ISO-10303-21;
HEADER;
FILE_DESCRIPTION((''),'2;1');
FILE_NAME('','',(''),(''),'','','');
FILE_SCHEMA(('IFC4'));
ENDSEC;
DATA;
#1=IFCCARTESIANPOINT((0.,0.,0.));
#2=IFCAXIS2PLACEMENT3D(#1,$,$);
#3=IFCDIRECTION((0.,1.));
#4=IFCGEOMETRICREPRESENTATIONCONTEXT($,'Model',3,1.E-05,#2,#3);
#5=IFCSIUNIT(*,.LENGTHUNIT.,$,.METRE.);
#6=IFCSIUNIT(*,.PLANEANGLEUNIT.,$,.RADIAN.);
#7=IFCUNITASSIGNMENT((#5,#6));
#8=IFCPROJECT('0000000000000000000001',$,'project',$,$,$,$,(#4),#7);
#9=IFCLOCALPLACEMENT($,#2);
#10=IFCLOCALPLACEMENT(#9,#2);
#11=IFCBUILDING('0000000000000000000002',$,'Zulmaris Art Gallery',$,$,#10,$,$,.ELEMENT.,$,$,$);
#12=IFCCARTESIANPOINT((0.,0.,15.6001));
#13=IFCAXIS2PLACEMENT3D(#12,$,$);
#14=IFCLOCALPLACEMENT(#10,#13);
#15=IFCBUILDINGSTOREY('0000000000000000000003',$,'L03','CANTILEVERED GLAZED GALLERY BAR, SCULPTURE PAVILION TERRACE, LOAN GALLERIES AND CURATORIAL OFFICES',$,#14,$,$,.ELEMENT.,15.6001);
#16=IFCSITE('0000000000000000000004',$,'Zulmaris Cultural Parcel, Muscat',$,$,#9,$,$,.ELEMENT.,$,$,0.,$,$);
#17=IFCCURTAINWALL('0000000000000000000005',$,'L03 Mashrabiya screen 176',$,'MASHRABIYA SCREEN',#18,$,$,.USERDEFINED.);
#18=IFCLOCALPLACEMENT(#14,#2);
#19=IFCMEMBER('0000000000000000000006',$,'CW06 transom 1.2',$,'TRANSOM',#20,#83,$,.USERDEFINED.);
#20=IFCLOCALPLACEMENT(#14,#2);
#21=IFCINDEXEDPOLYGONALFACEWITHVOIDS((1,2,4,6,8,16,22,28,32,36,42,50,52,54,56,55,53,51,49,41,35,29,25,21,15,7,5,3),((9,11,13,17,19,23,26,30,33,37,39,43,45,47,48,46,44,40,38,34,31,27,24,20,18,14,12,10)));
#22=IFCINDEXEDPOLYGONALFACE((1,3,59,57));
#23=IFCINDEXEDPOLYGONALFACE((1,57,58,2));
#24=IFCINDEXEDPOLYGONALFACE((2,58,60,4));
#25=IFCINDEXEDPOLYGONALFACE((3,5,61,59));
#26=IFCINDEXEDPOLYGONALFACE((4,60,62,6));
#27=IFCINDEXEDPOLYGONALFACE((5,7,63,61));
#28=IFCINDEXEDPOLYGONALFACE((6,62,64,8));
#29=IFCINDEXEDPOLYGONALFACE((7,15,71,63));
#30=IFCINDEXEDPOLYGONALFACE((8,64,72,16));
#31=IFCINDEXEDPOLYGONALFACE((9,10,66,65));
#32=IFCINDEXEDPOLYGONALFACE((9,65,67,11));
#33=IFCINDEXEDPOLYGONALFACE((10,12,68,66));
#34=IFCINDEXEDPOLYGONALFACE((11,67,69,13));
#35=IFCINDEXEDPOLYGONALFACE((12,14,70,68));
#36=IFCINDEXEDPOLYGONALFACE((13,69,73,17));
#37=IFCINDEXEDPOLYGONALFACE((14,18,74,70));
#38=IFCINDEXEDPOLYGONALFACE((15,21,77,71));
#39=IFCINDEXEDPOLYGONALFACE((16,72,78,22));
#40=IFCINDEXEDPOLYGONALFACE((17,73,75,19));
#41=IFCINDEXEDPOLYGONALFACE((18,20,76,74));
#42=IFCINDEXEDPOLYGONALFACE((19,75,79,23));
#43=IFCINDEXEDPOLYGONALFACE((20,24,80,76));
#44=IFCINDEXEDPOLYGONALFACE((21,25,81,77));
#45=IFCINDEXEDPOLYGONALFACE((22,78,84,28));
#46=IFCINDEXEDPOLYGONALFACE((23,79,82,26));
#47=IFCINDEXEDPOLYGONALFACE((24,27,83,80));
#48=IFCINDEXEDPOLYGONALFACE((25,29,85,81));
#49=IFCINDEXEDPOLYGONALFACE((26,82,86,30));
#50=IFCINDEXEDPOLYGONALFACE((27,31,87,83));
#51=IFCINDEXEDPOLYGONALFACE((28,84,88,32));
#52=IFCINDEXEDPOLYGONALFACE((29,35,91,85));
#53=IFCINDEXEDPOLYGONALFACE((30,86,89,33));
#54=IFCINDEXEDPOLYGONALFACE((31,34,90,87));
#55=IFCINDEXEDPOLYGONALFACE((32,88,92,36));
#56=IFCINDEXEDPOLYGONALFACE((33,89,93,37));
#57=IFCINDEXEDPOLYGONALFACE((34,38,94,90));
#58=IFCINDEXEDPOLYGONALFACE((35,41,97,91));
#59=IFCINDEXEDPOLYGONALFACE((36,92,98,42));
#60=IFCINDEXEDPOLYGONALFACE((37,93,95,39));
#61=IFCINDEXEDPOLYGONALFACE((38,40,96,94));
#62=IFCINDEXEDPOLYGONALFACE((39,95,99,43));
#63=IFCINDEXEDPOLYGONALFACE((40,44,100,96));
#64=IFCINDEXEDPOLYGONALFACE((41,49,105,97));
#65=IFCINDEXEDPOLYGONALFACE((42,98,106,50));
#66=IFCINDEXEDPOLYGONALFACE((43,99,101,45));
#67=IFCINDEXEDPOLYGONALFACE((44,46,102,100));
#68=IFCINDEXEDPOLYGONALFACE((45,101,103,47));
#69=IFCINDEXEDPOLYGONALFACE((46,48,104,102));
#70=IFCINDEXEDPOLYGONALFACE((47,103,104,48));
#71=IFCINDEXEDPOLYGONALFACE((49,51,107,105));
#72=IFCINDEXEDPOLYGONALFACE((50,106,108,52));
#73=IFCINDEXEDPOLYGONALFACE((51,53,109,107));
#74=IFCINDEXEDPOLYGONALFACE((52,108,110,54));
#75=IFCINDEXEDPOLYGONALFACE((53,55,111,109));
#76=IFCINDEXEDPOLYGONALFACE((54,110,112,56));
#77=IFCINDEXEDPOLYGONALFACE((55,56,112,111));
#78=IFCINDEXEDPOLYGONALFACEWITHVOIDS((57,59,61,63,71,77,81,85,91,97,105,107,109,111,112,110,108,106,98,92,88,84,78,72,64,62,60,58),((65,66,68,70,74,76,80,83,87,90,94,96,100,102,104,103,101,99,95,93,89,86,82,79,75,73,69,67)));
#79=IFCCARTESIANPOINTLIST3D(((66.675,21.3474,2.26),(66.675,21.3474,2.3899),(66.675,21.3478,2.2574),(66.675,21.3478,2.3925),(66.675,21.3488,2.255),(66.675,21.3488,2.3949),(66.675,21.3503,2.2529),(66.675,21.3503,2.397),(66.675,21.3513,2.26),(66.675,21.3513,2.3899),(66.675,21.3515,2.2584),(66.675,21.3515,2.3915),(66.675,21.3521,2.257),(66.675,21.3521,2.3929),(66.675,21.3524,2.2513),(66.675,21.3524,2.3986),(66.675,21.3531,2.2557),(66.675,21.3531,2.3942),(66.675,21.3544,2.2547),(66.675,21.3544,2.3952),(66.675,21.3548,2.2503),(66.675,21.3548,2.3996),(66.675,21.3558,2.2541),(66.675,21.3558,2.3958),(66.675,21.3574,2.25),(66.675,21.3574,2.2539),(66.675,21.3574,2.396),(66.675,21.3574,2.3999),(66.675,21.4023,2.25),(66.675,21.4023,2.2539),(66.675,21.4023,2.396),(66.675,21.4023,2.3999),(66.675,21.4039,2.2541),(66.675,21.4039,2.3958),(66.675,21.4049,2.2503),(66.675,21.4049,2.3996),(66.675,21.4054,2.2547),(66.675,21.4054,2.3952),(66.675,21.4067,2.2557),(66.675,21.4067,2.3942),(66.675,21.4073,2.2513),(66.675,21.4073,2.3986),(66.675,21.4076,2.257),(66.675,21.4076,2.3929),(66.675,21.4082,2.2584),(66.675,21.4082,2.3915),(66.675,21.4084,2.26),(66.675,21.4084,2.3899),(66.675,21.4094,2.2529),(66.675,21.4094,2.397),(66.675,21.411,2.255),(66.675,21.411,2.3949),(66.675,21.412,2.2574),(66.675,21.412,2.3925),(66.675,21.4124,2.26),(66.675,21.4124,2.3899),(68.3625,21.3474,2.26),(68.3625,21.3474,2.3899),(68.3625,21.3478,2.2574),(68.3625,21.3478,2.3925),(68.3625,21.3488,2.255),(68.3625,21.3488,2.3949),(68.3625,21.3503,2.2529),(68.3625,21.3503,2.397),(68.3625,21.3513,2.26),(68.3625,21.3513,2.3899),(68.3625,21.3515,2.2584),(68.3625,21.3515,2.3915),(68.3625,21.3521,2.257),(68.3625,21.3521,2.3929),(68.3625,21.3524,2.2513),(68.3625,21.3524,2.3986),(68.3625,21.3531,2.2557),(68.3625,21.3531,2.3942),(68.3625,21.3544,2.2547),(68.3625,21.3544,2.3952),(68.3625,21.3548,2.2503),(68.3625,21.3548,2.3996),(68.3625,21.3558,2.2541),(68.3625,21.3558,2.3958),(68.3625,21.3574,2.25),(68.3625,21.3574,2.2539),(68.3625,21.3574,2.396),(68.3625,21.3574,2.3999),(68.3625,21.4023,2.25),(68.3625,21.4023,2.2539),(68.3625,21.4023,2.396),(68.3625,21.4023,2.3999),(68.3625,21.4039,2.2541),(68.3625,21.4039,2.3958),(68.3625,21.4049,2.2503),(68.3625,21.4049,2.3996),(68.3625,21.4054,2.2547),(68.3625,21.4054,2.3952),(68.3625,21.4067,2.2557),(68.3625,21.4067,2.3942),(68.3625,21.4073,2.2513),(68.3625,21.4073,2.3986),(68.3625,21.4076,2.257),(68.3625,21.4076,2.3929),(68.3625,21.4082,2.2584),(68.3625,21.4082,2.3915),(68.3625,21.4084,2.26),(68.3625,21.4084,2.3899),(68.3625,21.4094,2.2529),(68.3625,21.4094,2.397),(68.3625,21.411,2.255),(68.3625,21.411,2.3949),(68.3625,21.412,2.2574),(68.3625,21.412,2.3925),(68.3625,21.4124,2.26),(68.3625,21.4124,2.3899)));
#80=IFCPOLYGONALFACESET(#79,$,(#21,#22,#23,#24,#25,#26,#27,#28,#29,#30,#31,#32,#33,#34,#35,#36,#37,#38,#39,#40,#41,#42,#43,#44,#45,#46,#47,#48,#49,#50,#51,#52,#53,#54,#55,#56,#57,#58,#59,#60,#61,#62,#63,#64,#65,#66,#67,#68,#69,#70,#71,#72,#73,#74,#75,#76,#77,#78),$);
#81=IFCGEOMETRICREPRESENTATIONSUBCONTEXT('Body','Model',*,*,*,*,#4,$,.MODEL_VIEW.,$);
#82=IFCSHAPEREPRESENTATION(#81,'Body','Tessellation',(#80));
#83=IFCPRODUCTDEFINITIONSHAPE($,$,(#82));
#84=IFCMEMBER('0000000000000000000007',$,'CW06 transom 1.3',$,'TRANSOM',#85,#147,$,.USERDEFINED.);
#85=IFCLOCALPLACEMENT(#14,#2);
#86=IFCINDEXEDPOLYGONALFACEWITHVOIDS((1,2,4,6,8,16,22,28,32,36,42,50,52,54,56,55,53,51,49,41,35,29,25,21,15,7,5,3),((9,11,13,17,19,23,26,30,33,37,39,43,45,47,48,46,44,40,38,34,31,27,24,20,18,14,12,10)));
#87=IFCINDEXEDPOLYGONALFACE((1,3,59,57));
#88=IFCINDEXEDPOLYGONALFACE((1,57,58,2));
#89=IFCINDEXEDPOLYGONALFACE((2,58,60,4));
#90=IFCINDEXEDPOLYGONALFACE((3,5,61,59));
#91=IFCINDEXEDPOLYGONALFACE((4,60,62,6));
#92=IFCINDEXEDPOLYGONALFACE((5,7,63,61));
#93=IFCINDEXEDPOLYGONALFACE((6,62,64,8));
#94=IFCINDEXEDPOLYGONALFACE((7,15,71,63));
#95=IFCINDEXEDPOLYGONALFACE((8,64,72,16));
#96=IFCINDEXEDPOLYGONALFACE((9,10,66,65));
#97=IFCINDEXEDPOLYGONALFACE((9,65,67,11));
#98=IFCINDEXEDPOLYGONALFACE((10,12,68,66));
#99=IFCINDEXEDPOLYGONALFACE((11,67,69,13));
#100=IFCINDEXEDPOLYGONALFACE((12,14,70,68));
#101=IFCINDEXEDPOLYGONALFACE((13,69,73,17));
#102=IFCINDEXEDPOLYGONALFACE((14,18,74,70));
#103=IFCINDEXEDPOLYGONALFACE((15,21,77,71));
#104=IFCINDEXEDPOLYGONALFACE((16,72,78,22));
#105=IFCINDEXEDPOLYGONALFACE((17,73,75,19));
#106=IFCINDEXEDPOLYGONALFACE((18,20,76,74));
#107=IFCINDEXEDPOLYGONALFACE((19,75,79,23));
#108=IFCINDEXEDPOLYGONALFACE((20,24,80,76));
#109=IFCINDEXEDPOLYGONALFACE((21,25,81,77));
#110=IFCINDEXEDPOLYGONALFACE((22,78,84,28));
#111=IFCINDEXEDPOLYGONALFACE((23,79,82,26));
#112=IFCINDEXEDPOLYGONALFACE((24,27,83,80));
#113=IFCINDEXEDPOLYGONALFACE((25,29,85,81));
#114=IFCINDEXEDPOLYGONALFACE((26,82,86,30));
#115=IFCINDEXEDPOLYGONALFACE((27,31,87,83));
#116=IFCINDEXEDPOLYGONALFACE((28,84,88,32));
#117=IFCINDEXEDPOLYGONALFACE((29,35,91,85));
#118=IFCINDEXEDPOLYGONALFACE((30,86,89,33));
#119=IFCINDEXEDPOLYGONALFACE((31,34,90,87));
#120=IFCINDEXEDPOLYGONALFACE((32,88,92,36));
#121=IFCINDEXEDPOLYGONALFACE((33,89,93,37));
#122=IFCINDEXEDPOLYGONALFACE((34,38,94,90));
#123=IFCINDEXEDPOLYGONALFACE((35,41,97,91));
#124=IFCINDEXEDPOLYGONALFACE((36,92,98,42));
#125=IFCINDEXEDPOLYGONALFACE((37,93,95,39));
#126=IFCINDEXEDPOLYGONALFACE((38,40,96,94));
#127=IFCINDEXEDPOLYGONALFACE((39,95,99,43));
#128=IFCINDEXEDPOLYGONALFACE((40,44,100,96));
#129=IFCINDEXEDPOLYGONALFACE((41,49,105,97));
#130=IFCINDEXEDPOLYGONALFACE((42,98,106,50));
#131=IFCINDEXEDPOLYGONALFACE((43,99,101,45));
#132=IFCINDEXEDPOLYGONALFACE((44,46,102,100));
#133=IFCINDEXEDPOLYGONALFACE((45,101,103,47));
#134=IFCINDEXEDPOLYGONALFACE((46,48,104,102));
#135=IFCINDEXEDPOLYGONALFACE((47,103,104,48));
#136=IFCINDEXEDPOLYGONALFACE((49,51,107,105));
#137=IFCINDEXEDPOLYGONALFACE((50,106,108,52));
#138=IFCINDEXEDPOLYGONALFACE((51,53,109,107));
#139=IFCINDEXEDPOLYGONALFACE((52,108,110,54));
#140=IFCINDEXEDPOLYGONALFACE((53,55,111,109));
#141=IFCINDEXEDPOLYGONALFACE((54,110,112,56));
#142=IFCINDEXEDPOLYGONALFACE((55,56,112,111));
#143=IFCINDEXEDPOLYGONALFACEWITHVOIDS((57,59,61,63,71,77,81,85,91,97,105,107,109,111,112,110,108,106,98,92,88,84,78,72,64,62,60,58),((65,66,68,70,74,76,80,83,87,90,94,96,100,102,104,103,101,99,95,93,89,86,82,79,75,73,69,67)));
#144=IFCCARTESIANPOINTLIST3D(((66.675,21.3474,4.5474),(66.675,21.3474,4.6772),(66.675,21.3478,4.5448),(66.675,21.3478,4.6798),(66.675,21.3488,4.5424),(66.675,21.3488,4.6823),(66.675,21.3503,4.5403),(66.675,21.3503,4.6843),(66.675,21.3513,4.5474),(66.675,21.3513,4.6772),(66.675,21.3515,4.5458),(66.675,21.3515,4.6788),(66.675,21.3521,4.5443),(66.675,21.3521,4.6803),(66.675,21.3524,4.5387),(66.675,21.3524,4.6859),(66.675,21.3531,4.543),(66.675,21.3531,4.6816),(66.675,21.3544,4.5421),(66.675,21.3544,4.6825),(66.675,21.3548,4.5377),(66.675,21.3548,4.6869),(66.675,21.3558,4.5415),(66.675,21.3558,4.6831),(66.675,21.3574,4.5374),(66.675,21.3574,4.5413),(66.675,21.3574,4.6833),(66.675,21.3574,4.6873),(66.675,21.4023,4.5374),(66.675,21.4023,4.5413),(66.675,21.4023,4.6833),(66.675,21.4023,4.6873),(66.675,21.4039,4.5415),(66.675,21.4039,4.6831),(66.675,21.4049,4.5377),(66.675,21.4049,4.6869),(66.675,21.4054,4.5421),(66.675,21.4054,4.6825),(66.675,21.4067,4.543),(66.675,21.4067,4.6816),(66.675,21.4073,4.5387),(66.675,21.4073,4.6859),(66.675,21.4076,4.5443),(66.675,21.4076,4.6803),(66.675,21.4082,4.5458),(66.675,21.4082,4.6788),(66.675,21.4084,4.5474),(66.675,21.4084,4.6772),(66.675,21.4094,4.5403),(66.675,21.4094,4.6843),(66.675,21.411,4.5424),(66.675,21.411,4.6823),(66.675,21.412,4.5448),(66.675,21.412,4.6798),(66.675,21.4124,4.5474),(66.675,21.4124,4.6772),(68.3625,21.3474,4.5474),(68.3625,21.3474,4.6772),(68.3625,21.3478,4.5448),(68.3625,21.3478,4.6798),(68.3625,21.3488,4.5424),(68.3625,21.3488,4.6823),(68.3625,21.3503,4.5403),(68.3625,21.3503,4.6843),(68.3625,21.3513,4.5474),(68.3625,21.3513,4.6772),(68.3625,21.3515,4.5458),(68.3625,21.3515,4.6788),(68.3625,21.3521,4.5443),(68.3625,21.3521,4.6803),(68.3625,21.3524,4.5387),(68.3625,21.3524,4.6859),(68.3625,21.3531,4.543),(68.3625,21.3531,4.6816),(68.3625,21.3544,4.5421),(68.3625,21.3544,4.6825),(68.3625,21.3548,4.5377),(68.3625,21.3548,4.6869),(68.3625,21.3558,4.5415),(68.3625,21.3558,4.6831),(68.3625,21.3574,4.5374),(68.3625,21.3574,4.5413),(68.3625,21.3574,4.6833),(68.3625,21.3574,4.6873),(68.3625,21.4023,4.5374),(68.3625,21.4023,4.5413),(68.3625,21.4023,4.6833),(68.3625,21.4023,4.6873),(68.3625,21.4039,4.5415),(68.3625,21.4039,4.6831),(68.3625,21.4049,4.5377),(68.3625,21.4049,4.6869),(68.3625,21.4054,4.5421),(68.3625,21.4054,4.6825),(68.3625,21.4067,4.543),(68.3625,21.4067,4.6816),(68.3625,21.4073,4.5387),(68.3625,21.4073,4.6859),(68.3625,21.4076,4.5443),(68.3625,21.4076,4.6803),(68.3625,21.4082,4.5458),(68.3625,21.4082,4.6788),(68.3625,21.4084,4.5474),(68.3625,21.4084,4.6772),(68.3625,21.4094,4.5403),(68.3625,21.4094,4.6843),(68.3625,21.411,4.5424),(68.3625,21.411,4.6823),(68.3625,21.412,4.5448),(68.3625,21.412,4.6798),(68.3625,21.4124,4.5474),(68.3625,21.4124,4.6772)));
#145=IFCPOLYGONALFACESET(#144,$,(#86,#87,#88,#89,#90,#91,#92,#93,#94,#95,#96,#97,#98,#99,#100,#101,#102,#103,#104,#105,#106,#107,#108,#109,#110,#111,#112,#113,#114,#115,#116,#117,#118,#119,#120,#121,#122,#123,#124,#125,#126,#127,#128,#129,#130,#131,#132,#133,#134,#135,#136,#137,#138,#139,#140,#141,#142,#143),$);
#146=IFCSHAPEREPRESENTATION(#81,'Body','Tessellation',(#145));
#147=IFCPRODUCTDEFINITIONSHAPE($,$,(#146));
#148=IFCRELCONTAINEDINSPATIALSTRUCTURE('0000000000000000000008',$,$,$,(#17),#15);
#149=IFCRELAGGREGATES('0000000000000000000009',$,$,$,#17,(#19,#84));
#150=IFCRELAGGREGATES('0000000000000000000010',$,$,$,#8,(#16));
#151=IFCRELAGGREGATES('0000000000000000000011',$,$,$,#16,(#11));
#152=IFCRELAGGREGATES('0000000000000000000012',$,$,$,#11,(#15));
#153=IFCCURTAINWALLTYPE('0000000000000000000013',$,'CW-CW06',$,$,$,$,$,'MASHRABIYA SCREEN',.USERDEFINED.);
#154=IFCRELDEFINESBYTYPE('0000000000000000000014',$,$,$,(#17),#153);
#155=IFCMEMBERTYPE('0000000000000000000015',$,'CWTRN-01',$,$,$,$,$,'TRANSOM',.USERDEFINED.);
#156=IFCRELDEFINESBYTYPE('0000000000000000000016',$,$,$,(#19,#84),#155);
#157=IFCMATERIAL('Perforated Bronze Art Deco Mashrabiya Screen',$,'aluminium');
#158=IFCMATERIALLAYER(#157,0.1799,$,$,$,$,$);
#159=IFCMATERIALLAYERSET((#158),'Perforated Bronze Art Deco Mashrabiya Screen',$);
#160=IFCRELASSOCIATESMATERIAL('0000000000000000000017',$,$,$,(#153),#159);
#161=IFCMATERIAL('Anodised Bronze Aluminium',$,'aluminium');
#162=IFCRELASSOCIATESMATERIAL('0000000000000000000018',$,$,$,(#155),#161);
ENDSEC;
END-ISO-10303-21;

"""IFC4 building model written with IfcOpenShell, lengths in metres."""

from ifc_helpers import new_model, si_unit, direction, frame, origin, origin_2d, place, context, subcontext, project, spatial, hollow_rectangle, extrude, material, layer, layer_set, material_profile, profile_set, type_object, element, aggregate, save


model = new_model("IFC4")

# Units and contexts
model_context = context("Model", 3, precision=1e-05, world=origin(), true_north=direction((0.0, 1.0)))
body_context = subcontext(model_context, "Body", "Model", "MODEL_VIEW")
ifc_project = project(units=[si_unit("LENGTHUNIT", "METRE"), si_unit("PLANEANGLEUNIT", "RADIAN")], contexts=[model_context])

# Site, building, storey
site_placement = place(None, origin())
site = spatial("IfcSite", under=ifc_project, at=site_placement, Name="Zulmaris Cultural Parcel, Muscat", CompositionType="ELEMENT", RefElevation=0.0)
building_placement = place(site_placement, origin())
building = spatial("IfcBuilding", under=site, at=building_placement, Name="Zulmaris Art Gallery", CompositionType="ELEMENT")
storey_placement = place(building_placement, frame((0.0, 0.0, 15.6001)))
storey = spatial("IfcBuildingStorey", under=building, at=storey_placement, Name="L03", Description="CANTILEVERED GLAZED GALLERY BAR, SCULPTURE PAVILION TERRACE, LOAN GALLERIES AND CURATORIAL OFFICES", CompositionType="ELEMENT", Elevation=15.6001)

# Shared definitions
ifc_material_1 = material(Name="Anodised Bronze Aluminium", Category="aluminium")
ifc_material_2 = material(Name="Perforated Bronze Art Deco Mashrabiya Screen", Category="aluminium")
ifc_layer_1 = layer(ifc_material_2, 0.1799)
ifc_layer_set_1 = layer_set([ifc_layer_1], Name="Perforated Bronze Art Deco Mashrabiya Screen")
curtain_wall_type_1 = type_object("IfcCurtainWallType", Name="CW-CW06", ElementType="MASHRABIYA SCREEN", PredefinedType="USERDEFINED", material=ifc_layer_set_1)

# Curtain wall, members
curtain_wall_1_placement = place(storey_placement, origin())
curtain_wall_1 = element("IfcCurtainWall", 1, at=curtain_wall_1_placement, inside=storey, type_object=curtain_wall_type_1, Name="L03 Mashrabiya screen 176", ObjectType="MASHRABIYA SCREEN", PredefinedType="USERDEFINED")
ifc_material_profile_1 = material_profile(ifc_material_1, hollow_rectangle(XDim=0.0649, YDim=0.1499, WallThickness=0.0039, InnerFilletRadius=0.0061, OuterFilletRadius=0.01, at=origin_2d()), Name="ALU 65x150x4")
ifc_profile_set_1 = profile_set([ifc_material_profile_1], Name="Anodised Bronze Aluminium")
member_type_1 = type_object("IfcMemberType", Name="CWTRN-01", ElementType="TRANSOM", PredefinedType="USERDEFINED", material=ifc_profile_set_1)
member_1_placement = place(storey_placement, frame((66.675, 21.3799, 2.325), z_axis=(1.0, 0.0, 0.0), x_axis=(0.0, 1.0, 0.0)))
member_1 = element("IfcMember", 2, at=member_1_placement, type_object=member_type_1, Name="CW06 transom 1.2", ObjectType="TRANSOM", PredefinedType="USERDEFINED", context=body_context, shape_type="SweptSolid", body=[
    extrude(hollow_rectangle(XDim=0.0649, YDim=0.1499, WallThickness=0.0039, InnerFilletRadius=0.0061, OuterFilletRadius=0.01, at=origin_2d()), origin(), (0.0, 0.0, 1.0), 1.6875),
])
member_2_placement = place(storey_placement, frame((66.675, 21.3799, 4.6123), z_axis=(1.0, 0.0, 0.0), x_axis=(0.0, 1.0, 0.0)))
member_2 = element("IfcMember", 3, at=member_2_placement, type_object=member_type_1, Name="CW06 transom 1.3", ObjectType="TRANSOM", PredefinedType="USERDEFINED", context=body_context, shape_type="SweptSolid", body=[
    extrude(hollow_rectangle(XDim=0.0649, YDim=0.1499, WallThickness=0.0039, InnerFilletRadius=0.0061, OuterFilletRadius=0.01, at=origin_2d()), origin(), (0.0, 0.0, 1.0), 1.6875),
])
aggregate(curtain_wall_1, [member_1, member_2])

save(model, "model.ifc")
